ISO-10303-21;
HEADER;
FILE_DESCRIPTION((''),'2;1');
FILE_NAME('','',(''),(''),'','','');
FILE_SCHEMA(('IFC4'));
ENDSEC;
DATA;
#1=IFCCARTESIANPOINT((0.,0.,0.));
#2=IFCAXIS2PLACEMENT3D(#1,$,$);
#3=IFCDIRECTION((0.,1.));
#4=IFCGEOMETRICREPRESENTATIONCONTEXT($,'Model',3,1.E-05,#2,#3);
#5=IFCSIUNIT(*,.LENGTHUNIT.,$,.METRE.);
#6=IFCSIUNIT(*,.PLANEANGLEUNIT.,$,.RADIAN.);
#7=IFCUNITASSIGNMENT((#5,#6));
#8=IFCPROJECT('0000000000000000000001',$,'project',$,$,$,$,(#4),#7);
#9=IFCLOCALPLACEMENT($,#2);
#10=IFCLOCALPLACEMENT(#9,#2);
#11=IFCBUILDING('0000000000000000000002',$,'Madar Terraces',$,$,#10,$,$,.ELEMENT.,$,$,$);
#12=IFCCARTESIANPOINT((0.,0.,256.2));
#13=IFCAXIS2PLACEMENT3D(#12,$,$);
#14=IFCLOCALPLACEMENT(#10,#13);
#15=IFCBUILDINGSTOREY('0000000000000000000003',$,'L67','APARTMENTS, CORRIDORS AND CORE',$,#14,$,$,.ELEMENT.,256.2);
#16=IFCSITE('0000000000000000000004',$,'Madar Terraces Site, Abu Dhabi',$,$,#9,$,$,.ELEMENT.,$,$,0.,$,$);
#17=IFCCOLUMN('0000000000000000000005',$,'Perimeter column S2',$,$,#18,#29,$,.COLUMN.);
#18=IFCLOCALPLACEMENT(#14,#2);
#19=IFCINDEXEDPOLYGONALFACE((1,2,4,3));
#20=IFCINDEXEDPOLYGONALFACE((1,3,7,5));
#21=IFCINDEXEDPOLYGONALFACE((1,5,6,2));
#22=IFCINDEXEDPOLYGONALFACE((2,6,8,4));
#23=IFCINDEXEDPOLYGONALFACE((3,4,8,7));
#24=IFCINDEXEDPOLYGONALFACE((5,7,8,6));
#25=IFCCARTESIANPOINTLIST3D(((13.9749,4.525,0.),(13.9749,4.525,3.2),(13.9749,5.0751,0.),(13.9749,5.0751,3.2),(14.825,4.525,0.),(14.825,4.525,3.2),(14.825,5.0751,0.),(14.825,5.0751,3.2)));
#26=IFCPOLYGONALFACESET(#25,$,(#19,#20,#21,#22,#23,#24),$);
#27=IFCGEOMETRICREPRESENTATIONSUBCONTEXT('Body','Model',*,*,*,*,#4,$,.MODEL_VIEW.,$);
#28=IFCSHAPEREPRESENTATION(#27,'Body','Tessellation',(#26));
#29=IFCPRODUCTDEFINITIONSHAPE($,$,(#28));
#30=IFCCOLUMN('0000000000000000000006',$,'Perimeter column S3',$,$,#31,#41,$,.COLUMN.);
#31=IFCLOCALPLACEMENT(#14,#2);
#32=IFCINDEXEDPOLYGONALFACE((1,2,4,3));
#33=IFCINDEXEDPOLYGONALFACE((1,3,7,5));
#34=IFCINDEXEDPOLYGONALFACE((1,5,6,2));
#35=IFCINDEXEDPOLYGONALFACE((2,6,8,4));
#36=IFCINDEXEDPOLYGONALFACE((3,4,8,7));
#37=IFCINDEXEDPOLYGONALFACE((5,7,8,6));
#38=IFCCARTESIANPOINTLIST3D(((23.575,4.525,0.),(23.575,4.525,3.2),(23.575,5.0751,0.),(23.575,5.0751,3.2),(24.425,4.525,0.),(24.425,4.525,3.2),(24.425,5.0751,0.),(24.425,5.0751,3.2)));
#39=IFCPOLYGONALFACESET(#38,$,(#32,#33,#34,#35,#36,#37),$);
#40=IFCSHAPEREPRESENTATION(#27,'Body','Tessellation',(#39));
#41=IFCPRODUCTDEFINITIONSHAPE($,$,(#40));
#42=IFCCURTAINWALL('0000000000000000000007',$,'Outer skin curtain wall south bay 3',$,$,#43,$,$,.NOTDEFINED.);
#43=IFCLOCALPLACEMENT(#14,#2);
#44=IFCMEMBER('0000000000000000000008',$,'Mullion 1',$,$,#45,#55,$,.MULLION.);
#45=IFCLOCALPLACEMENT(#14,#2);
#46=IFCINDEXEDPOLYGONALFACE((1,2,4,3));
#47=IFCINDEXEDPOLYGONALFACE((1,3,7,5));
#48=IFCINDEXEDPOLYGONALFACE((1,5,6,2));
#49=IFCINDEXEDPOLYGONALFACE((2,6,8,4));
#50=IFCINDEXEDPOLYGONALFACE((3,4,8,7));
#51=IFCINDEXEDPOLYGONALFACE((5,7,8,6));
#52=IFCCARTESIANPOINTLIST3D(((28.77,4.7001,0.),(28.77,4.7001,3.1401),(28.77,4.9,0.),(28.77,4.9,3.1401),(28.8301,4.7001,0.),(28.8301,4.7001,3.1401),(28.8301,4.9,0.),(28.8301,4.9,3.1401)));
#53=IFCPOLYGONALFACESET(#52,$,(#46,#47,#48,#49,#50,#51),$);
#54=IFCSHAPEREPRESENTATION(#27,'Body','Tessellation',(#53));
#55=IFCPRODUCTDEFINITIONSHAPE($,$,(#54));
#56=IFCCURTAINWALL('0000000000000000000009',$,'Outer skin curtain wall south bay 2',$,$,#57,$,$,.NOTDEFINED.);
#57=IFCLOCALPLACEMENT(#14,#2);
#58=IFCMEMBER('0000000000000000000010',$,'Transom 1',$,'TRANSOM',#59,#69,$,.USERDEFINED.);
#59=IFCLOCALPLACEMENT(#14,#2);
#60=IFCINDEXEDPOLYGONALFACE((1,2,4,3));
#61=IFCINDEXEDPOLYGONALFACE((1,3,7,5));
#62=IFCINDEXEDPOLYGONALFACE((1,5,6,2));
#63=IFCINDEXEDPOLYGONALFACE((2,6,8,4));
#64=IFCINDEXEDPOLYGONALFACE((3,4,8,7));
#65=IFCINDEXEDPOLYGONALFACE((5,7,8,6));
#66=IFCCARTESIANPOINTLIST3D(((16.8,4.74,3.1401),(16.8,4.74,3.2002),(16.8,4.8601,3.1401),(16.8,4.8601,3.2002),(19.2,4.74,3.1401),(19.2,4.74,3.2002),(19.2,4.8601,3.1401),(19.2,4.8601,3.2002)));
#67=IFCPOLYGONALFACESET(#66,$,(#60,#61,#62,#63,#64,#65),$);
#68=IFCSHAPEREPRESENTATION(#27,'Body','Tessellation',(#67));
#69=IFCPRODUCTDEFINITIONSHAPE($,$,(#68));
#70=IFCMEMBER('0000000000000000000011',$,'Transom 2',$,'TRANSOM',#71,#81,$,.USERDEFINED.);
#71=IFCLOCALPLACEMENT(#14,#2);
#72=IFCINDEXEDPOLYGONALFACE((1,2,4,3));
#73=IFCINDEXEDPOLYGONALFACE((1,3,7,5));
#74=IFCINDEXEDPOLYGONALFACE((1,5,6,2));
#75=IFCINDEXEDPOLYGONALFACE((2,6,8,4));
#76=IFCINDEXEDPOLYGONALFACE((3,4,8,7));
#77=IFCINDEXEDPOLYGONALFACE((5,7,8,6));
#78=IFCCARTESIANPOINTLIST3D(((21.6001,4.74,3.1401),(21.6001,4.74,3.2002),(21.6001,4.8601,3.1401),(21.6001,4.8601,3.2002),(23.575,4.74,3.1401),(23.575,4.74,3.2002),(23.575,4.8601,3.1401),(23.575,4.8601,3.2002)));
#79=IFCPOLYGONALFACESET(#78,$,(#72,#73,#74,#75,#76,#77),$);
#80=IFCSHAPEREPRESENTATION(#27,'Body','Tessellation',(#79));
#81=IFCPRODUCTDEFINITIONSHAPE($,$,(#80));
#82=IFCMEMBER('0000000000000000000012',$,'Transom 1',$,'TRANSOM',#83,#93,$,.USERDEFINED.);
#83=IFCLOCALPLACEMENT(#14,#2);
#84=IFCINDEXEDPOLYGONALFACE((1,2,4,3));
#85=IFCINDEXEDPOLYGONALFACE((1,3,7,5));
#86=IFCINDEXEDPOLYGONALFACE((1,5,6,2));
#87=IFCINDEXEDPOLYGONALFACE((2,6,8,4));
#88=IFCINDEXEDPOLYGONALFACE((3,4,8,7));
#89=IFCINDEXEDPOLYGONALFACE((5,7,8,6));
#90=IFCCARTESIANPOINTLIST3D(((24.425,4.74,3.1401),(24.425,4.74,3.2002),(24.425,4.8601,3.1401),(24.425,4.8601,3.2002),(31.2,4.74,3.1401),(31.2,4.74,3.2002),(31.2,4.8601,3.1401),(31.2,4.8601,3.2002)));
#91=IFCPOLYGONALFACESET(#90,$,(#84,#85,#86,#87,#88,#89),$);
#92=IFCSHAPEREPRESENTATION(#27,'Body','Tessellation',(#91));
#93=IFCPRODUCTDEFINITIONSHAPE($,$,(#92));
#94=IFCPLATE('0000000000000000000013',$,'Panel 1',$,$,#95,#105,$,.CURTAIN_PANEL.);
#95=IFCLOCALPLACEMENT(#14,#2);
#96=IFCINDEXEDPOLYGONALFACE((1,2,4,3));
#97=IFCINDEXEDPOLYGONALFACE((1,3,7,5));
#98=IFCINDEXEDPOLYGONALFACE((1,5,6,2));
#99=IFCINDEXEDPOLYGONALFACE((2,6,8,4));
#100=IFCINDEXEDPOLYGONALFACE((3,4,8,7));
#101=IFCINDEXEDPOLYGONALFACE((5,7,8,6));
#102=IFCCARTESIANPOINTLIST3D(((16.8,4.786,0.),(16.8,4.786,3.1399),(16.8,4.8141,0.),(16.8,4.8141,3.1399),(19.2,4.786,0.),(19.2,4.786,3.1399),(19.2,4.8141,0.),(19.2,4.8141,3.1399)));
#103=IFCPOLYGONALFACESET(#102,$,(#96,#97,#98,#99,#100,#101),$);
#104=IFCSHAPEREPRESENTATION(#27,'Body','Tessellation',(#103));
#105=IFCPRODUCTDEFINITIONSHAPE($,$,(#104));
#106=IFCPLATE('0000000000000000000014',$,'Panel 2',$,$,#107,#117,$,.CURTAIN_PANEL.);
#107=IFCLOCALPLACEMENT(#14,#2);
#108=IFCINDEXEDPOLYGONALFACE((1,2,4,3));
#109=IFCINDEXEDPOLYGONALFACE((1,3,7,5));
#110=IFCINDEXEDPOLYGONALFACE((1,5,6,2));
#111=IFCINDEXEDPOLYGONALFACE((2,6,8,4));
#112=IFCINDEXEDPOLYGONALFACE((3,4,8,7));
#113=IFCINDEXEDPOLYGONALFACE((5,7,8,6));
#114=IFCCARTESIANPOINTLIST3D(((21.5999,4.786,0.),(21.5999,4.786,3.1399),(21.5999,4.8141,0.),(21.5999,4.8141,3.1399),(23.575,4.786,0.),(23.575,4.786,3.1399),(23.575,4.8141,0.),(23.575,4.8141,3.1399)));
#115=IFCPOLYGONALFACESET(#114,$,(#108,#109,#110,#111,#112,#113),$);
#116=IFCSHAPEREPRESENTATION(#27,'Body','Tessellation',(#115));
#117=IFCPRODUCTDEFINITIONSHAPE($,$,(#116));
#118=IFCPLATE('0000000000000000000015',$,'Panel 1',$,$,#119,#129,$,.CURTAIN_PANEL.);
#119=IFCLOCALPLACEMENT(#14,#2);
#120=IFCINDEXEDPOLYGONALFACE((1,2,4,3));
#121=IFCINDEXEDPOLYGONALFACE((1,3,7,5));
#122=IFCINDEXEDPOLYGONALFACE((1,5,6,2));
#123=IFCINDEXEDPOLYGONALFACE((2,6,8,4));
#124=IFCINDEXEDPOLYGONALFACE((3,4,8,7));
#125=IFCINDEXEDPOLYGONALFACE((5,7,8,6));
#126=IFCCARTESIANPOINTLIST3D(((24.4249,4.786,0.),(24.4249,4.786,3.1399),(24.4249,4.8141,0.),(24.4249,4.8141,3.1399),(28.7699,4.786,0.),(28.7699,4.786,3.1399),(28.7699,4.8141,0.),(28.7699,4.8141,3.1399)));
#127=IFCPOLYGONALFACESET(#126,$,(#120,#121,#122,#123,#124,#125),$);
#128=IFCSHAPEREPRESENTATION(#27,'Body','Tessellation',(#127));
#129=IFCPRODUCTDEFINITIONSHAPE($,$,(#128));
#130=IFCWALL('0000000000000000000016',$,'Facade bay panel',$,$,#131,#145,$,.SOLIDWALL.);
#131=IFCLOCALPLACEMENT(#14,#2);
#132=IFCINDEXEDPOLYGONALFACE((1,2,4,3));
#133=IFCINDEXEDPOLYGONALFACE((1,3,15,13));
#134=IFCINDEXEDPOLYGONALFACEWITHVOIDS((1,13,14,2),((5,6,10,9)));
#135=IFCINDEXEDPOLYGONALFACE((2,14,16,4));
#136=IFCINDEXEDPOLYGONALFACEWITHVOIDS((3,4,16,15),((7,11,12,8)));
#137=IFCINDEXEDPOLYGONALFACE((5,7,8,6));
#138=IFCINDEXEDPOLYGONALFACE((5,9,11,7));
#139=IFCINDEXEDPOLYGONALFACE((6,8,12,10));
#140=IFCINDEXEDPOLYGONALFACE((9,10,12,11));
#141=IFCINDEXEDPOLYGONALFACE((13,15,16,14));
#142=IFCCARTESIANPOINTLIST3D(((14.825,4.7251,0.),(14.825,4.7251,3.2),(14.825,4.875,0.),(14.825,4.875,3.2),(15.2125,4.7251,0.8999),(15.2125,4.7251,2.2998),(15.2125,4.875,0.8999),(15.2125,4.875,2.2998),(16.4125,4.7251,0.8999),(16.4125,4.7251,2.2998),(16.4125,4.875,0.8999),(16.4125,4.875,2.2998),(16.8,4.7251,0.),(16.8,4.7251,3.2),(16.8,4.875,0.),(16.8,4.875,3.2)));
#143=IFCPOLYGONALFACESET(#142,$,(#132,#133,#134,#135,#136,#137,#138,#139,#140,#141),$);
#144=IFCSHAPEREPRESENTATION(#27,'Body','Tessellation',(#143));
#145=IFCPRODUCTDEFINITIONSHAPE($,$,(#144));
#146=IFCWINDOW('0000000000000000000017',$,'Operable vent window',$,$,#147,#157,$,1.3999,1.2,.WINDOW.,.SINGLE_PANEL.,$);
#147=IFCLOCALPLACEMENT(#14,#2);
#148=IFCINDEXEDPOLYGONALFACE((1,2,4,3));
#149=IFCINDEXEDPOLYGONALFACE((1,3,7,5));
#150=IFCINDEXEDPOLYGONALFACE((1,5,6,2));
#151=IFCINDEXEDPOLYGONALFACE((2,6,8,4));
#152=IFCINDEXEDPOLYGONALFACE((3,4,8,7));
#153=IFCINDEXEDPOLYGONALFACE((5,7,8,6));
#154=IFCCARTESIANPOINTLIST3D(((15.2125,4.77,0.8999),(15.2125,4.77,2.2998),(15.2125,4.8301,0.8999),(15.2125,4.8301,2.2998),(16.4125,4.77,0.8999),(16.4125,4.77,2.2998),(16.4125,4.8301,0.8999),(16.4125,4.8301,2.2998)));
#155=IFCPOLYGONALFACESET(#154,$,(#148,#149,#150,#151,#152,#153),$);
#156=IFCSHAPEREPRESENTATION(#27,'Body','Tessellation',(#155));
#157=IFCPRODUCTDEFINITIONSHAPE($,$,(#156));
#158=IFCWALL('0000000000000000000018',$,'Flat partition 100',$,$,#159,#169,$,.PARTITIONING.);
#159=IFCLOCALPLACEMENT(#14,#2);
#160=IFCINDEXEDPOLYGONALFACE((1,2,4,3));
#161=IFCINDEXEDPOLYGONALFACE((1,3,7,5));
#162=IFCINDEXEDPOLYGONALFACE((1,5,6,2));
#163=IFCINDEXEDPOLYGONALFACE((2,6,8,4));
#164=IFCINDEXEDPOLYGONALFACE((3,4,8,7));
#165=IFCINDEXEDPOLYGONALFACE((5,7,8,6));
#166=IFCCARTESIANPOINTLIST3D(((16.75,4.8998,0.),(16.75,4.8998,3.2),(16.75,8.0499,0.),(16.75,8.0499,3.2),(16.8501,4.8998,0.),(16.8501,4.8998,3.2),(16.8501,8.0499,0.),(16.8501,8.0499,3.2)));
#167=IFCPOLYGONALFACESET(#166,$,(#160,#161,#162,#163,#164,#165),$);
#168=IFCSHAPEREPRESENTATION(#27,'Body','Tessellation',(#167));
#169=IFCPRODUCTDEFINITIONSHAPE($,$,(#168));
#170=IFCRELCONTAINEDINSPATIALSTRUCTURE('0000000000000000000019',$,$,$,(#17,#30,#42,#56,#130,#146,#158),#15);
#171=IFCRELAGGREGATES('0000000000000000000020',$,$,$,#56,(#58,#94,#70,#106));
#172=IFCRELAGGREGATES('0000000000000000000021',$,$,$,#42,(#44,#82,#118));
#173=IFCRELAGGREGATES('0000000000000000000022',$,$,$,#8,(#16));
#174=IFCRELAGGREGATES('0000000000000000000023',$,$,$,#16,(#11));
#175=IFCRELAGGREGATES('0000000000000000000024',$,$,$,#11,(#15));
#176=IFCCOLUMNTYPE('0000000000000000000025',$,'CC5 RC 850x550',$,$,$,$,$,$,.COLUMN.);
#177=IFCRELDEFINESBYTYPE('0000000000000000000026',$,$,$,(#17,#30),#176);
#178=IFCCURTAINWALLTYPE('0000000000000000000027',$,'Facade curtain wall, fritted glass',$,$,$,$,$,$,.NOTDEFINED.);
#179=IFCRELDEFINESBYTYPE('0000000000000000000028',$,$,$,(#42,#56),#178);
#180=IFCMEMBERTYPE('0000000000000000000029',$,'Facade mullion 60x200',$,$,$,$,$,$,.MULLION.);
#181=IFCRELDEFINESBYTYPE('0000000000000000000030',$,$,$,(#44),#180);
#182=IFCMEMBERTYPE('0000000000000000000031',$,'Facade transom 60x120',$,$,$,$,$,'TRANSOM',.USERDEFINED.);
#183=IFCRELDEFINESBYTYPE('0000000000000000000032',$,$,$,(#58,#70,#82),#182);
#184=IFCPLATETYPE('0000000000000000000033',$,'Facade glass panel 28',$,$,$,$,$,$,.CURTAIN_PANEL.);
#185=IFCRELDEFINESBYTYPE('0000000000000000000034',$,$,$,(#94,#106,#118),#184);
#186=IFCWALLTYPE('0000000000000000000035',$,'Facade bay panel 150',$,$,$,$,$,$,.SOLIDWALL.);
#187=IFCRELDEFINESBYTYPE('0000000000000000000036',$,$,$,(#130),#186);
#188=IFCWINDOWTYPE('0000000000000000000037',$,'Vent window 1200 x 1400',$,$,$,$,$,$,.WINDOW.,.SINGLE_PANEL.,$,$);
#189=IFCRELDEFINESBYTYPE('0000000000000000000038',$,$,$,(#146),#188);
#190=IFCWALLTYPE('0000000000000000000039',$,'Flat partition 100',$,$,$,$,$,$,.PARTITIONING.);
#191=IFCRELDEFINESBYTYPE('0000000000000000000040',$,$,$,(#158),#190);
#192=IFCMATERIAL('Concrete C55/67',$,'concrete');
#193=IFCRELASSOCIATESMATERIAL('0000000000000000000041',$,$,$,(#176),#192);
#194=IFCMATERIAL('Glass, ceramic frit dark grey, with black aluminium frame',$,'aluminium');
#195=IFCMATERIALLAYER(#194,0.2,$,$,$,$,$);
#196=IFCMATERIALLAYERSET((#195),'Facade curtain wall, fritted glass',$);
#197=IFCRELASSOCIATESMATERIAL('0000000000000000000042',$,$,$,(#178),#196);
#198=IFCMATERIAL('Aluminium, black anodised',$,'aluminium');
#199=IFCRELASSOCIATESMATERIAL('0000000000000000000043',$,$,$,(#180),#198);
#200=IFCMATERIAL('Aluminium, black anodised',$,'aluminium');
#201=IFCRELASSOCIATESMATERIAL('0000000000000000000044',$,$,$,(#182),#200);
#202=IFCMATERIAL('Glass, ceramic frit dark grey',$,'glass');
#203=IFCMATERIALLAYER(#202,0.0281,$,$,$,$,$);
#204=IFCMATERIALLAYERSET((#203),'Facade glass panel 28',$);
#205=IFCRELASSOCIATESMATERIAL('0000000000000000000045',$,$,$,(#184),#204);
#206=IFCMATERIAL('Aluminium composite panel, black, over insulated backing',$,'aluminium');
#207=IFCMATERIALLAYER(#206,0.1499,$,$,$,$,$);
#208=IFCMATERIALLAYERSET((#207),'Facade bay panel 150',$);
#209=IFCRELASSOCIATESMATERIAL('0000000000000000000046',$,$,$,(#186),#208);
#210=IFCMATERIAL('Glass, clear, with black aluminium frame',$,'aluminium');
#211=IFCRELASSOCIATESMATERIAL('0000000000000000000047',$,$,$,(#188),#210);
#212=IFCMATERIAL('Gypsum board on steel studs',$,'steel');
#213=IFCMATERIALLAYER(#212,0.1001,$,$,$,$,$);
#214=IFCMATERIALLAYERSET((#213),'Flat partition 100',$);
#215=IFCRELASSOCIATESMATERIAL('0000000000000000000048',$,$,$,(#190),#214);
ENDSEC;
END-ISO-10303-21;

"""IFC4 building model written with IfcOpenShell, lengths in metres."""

from ifc_helpers import new_model, si_unit, direction, frame, frame_2d, origin, origin_2d, place, context, subcontext, project, spatial, rectangle, extrude, material, layer, layer_set, material_profile, profile_set, type_object, element, fill, aggregate, save


model = new_model("IFC4")

# Units and contexts
model_context = context("Model", 3, precision=1e-05, world=origin(), true_north=direction((0.0, 1.0)))
body_context = subcontext(model_context, "Body", "Model", "MODEL_VIEW")
ifc_project = project(units=[si_unit("LENGTHUNIT", "METRE"), si_unit("PLANEANGLEUNIT", "RADIAN")], contexts=[model_context])

# Site, building, storey
site_placement = place(None, origin())
site = spatial("IfcSite", under=ifc_project, at=site_placement, Name="Madar Terraces Site, Abu Dhabi", CompositionType="ELEMENT", RefElevation=0.0)
building_placement = place(site_placement, origin())
building = spatial("IfcBuilding", under=site, at=building_placement, Name="Madar Terraces", CompositionType="ELEMENT")
storey_placement = place(building_placement, frame((0.0, 0.0, 256.2)))
storey = spatial("IfcBuildingStorey", under=building, at=storey_placement, Name="L67", Description="APARTMENTS, CORRIDORS AND CORE", CompositionType="ELEMENT", Elevation=256.2)

# Columns
ifc_material_1 = material(Name="Concrete C55/67", Category="concrete")
ifc_material_profile_1 = material_profile(ifc_material_1, rectangle(XDim=0.8501, YDim=0.55, at=origin_2d()), Name="CC5 RC 850x550")
ifc_profile_set_1 = profile_set([ifc_material_profile_1], Name="Concrete C55/67")
column_type = type_object("IfcColumnType", Name="CC5 RC 850x550", PredefinedType="COLUMN", material=ifc_profile_set_1)
for number, where, z_axis, x_axis, name in (
    (1, (14.3999, 4.8, 0.0), (0.0, 0.0, 1.0), (1.0, 0.0, 0.0), "Perimeter column S2"),
    (2, (24.0, 4.8, 0.0), (0.0, 0.0, 1.0), (1.0, 0.0, 0.0), "Perimeter column S3"),
):
    element("IfcColumn", number, at=place(storey_placement, frame(where, z_axis=z_axis, x_axis=x_axis)), inside=storey, type_object=column_type, Name=name, PredefinedType="COLUMN", context=body_context, shape_type="SweptSolid", body=[
        extrude(rectangle(XDim=0.8501, YDim=0.55, at=origin_2d()), origin(), (0.0, 0.0, 1.0), 3.2),
    ])

# Curtain wall, member
ifc_material_2 = material(Name="Glass, ceramic frit dark grey, with black aluminium frame", Category="aluminium")
ifc_layer_1 = layer(ifc_material_2, 0.2)
ifc_layer_set_1 = layer_set([ifc_layer_1], Name="Facade curtain wall, fritted glass")
curtain_wall_type = type_object("IfcCurtainWallType", Name="Facade curtain wall, fritted glass", PredefinedType="NOTDEFINED", material=ifc_layer_set_1)
curtain_wall_1_placement = place(storey_placement, origin())
curtain_wall_1 = element("IfcCurtainWall", 3, at=curtain_wall_1_placement, inside=storey, type_object=curtain_wall_type, Name="Outer skin curtain wall south bay 3", PredefinedType="NOTDEFINED")
ifc_material_3 = material(Name="Aluminium, black anodised", Category="aluminium")
ifc_material_profile_2 = material_profile(ifc_material_3, rectangle(XDim=0.2, YDim=0.0601, at=origin_2d()), Name="Facade mullion 60x200")
ifc_profile_set_2 = profile_set([ifc_material_profile_2], Name="Aluminium, black anodised")
member_type_1 = type_object("IfcMemberType", Name="Facade mullion 60x200", PredefinedType="MULLION", material=ifc_profile_set_2)
member_1_placement = place(storey_placement, frame((28.8, 4.8, 0.0), z_axis=(0.0, 0.0, 1.0), x_axis=(0.0, 1.0, 0.0)))
member_1 = element("IfcMember", 4, at=member_1_placement, type_object=member_type_1, Name="Mullion 1", PredefinedType="MULLION", context=body_context, shape_type="SweptSolid", body=[
    extrude(rectangle(XDim=0.2, YDim=0.0601, at=origin_2d()), origin(), (0.0, 0.0, 1.0), 3.1401),
])

# Curtain wall, members
curtain_wall_2_placement = place(storey_placement, origin())
curtain_wall_2 = element("IfcCurtainWall", 5, at=curtain_wall_2_placement, inside=storey, type_object=curtain_wall_type, Name="Outer skin curtain wall south bay 2", PredefinedType="NOTDEFINED")
ifc_material_4 = material(Name="Aluminium, black anodised", Category="aluminium")
ifc_material_profile_3 = material_profile(ifc_material_4, rectangle(XDim=0.1201, YDim=0.0601, at=origin_2d()), Name="Facade transom 60x120")
ifc_profile_set_3 = profile_set([ifc_material_profile_3], Name="Aluminium, black anodised")
member_type_2 = type_object("IfcMemberType", Name="Facade transom 60x120", ElementType="TRANSOM", PredefinedType="USERDEFINED", material=ifc_profile_set_3)
member_2_placement = place(storey_placement, frame((16.8, 4.8, 3.1702), z_axis=(1.0, 0.0, 0.0), x_axis=(0.0, 1.0, 0.0)))
member_2 = element("IfcMember", 6, at=member_2_placement, type_object=member_type_2, Name="Transom 1", ObjectType="TRANSOM", PredefinedType="USERDEFINED", context=body_context, shape_type="SweptSolid", body=[
    extrude(rectangle(XDim=0.1201, YDim=0.0601, at=origin_2d()), origin(), (0.0, 0.0, 1.0), 2.3999),
])
member_3_placement = place(storey_placement, frame((21.6001, 4.8, 3.1702), z_axis=(1.0, 0.0, 0.0), x_axis=(0.0, 1.0, 0.0)))
member_3 = element("IfcMember", 7, at=member_3_placement, type_object=member_type_2, Name="Transom 2", ObjectType="TRANSOM", PredefinedType="USERDEFINED", context=body_context, shape_type="SweptSolid", body=[
    extrude(rectangle(XDim=0.1201, YDim=0.0601, at=origin_2d()), origin(), (0.0, 0.0, 1.0), 1.9749),
])

# Member
member_4_placement = place(storey_placement, frame((24.425, 4.8, 3.1702), z_axis=(1.0, 0.0, 0.0), x_axis=(0.0, 1.0, 0.0)))
member_4 = element("IfcMember", 8, at=member_4_placement, type_object=member_type_2, Name="Transom 1", ObjectType="TRANSOM", PredefinedType="USERDEFINED", context=body_context, shape_type="SweptSolid", body=[
    extrude(rectangle(XDim=0.1201, YDim=0.0601, at=origin_2d()), origin(), (0.0, 0.0, 1.0), 6.7749),
])

# Plates
ifc_material_5 = material(Name="Glass, ceramic frit dark grey", Category="glass")
ifc_layer_2 = layer(ifc_material_5, 0.0281)
ifc_layer_set_2 = layer_set([ifc_layer_2], Name="Facade glass panel 28")
plate_type = type_object("IfcPlateType", Name="Facade glass panel 28", PredefinedType="CURTAIN_PANEL", material=ifc_layer_set_2)
plate_1_placement = place(storey_placement, frame((18.0, 4.8, 0.0), z_axis=(0.0, 0.0, 1.0), x_axis=(1.0, 0.0, 0.0)))
plate_1 = element("IfcPlate", 9, at=plate_1_placement, type_object=plate_type, Name="Panel 1", PredefinedType="CURTAIN_PANEL", context=body_context, shape_type="SweptSolid", body=[
    extrude(rectangle(XDim=2.3999, YDim=0.0281, at=origin_2d()), origin(), (0.0, 0.0, 1.0), 3.1399),
])
plate_2_placement = place(storey_placement, frame((22.5874, 4.8, 0.0), z_axis=(0.0, 0.0, 1.0), x_axis=(1.0, 0.0, 0.0)))
plate_2 = element("IfcPlate", 10, at=plate_2_placement, type_object=plate_type, Name="Panel 2", PredefinedType="CURTAIN_PANEL", context=body_context, shape_type="SweptSolid", body=[
    extrude(rectangle(XDim=1.9751, YDim=0.0281, at=origin_2d()), origin(), (0.0, 0.0, 1.0), 3.1399),
])
aggregate(curtain_wall_2, [member_2, plate_1, member_3, plate_2])
plate_3_placement = place(storey_placement, frame((26.5974, 4.8, 0.0), z_axis=(0.0, 0.0, 1.0), x_axis=(1.0, 0.0, 0.0)))
plate_3 = element("IfcPlate", 11, at=plate_3_placement, type_object=plate_type, Name="Panel 1", PredefinedType="CURTAIN_PANEL", context=body_context, shape_type="SweptSolid", body=[
    extrude(rectangle(XDim=4.345, YDim=0.0281, at=origin_2d()), origin(), (0.0, 0.0, 1.0), 3.1399),
])
aggregate(curtain_wall_1, [member_1, member_4, plate_3])

# Wall, opening, window
ifc_material_6 = material(Name="Aluminium composite panel, black, over insulated backing", Category="aluminium")
ifc_layer_3 = layer(ifc_material_6, 0.1499)
ifc_layer_set_3 = layer_set([ifc_layer_3], Name="Facade bay panel 150")
wall_type_1 = type_object("IfcWallType", Name="Facade bay panel 150", PredefinedType="SOLIDWALL", material=ifc_layer_set_3)
wall_1_placement = place(storey_placement, frame((14.825, 4.8, 0.0), z_axis=(0.0, 0.0, 1.0), x_axis=(1.0, 0.0, 0.0)))
wall_1 = element("IfcWall", 12, at=wall_1_placement, inside=storey, type_object=wall_type_1, Name="Facade bay panel", PredefinedType="SOLIDWALL", context=body_context, shape_type="SweptSolid", body=[
    extrude(rectangle(XDim=1.9751, YDim=0.1499, at=frame_2d((0.9875, 0.0))), origin(), (0.0, 0.0, 1.0), 3.2),
])
opening_1_placement = place(wall_1_placement, frame((0.3875, 0.0, 0.8999)))
opening_1 = element("IfcOpeningElement", 13, at=opening_1_placement, cuts=wall_1, PredefinedType="OPENING", context=body_context, shape_type="SweptSolid", body=[
    extrude(rectangle(XDim=1.2, YDim=1.3999, at=frame_2d((0.6001, 0.7))), frame((0.0, 0.085, 0.0), z_axis=(0.0, -1.0, 0.0), x_axis=(1.0, 0.0, 0.0)), (0.0, 0.0, 1.0), 0.1699),
])
ifc_material_7 = material(Name="Glass, clear, with black aluminium frame", Category="aluminium")
window_type = type_object("IfcWindowType", Name="Vent window 1200 x 1400", PartitioningType="SINGLE_PANEL", PredefinedType="WINDOW", material=ifc_material_7)
window_placement = place(opening_1_placement, origin())
window = element("IfcWindow", 14, at=window_placement, inside=storey, type_object=window_type, Name="Operable vent window", OverallHeight=1.3999, OverallWidth=1.2, PartitioningType="SINGLE_PANEL", PredefinedType="WINDOW", context=body_context, shape_type="SweptSolid", body=[
    extrude(rectangle(XDim=1.2, YDim=1.3999, at=frame_2d((0.6001, 0.7))), frame((0.0, 0.03, 0.0), z_axis=(0.0, -1.0, 0.0), x_axis=(1.0, 0.0, 0.0)), (0.0, 0.0, 1.0), 0.0601),
])
fill(opening_1, window)

# Wall
ifc_material_8 = material(Name="Gypsum board on steel studs", Category="steel")
ifc_layer_4 = layer(ifc_material_8, 0.1001)
ifc_layer_set_4 = layer_set([ifc_layer_4], Name="Flat partition 100")
wall_type_2 = type_object("IfcWallType", Name="Flat partition 100", PredefinedType="PARTITIONING", material=ifc_layer_set_4)
wall_2_placement = place(storey_placement, frame((16.8, 8.05, 0.0), z_axis=(0.0, 0.0, 1.0), x_axis=(0.0, -1.0, 0.0)))
element("IfcWall", 15, at=wall_2_placement, inside=storey, type_object=wall_type_2, Name="Flat partition 100", PredefinedType="PARTITIONING", context=body_context, shape_type="SweptSolid", body=[
    extrude(rectangle(XDim=3.1501, YDim=0.1001, at=frame_2d((1.5752, 0.0))), origin(), (0.0, 0.0, 1.0), 3.2),
])

save(model, "model.ifc")
